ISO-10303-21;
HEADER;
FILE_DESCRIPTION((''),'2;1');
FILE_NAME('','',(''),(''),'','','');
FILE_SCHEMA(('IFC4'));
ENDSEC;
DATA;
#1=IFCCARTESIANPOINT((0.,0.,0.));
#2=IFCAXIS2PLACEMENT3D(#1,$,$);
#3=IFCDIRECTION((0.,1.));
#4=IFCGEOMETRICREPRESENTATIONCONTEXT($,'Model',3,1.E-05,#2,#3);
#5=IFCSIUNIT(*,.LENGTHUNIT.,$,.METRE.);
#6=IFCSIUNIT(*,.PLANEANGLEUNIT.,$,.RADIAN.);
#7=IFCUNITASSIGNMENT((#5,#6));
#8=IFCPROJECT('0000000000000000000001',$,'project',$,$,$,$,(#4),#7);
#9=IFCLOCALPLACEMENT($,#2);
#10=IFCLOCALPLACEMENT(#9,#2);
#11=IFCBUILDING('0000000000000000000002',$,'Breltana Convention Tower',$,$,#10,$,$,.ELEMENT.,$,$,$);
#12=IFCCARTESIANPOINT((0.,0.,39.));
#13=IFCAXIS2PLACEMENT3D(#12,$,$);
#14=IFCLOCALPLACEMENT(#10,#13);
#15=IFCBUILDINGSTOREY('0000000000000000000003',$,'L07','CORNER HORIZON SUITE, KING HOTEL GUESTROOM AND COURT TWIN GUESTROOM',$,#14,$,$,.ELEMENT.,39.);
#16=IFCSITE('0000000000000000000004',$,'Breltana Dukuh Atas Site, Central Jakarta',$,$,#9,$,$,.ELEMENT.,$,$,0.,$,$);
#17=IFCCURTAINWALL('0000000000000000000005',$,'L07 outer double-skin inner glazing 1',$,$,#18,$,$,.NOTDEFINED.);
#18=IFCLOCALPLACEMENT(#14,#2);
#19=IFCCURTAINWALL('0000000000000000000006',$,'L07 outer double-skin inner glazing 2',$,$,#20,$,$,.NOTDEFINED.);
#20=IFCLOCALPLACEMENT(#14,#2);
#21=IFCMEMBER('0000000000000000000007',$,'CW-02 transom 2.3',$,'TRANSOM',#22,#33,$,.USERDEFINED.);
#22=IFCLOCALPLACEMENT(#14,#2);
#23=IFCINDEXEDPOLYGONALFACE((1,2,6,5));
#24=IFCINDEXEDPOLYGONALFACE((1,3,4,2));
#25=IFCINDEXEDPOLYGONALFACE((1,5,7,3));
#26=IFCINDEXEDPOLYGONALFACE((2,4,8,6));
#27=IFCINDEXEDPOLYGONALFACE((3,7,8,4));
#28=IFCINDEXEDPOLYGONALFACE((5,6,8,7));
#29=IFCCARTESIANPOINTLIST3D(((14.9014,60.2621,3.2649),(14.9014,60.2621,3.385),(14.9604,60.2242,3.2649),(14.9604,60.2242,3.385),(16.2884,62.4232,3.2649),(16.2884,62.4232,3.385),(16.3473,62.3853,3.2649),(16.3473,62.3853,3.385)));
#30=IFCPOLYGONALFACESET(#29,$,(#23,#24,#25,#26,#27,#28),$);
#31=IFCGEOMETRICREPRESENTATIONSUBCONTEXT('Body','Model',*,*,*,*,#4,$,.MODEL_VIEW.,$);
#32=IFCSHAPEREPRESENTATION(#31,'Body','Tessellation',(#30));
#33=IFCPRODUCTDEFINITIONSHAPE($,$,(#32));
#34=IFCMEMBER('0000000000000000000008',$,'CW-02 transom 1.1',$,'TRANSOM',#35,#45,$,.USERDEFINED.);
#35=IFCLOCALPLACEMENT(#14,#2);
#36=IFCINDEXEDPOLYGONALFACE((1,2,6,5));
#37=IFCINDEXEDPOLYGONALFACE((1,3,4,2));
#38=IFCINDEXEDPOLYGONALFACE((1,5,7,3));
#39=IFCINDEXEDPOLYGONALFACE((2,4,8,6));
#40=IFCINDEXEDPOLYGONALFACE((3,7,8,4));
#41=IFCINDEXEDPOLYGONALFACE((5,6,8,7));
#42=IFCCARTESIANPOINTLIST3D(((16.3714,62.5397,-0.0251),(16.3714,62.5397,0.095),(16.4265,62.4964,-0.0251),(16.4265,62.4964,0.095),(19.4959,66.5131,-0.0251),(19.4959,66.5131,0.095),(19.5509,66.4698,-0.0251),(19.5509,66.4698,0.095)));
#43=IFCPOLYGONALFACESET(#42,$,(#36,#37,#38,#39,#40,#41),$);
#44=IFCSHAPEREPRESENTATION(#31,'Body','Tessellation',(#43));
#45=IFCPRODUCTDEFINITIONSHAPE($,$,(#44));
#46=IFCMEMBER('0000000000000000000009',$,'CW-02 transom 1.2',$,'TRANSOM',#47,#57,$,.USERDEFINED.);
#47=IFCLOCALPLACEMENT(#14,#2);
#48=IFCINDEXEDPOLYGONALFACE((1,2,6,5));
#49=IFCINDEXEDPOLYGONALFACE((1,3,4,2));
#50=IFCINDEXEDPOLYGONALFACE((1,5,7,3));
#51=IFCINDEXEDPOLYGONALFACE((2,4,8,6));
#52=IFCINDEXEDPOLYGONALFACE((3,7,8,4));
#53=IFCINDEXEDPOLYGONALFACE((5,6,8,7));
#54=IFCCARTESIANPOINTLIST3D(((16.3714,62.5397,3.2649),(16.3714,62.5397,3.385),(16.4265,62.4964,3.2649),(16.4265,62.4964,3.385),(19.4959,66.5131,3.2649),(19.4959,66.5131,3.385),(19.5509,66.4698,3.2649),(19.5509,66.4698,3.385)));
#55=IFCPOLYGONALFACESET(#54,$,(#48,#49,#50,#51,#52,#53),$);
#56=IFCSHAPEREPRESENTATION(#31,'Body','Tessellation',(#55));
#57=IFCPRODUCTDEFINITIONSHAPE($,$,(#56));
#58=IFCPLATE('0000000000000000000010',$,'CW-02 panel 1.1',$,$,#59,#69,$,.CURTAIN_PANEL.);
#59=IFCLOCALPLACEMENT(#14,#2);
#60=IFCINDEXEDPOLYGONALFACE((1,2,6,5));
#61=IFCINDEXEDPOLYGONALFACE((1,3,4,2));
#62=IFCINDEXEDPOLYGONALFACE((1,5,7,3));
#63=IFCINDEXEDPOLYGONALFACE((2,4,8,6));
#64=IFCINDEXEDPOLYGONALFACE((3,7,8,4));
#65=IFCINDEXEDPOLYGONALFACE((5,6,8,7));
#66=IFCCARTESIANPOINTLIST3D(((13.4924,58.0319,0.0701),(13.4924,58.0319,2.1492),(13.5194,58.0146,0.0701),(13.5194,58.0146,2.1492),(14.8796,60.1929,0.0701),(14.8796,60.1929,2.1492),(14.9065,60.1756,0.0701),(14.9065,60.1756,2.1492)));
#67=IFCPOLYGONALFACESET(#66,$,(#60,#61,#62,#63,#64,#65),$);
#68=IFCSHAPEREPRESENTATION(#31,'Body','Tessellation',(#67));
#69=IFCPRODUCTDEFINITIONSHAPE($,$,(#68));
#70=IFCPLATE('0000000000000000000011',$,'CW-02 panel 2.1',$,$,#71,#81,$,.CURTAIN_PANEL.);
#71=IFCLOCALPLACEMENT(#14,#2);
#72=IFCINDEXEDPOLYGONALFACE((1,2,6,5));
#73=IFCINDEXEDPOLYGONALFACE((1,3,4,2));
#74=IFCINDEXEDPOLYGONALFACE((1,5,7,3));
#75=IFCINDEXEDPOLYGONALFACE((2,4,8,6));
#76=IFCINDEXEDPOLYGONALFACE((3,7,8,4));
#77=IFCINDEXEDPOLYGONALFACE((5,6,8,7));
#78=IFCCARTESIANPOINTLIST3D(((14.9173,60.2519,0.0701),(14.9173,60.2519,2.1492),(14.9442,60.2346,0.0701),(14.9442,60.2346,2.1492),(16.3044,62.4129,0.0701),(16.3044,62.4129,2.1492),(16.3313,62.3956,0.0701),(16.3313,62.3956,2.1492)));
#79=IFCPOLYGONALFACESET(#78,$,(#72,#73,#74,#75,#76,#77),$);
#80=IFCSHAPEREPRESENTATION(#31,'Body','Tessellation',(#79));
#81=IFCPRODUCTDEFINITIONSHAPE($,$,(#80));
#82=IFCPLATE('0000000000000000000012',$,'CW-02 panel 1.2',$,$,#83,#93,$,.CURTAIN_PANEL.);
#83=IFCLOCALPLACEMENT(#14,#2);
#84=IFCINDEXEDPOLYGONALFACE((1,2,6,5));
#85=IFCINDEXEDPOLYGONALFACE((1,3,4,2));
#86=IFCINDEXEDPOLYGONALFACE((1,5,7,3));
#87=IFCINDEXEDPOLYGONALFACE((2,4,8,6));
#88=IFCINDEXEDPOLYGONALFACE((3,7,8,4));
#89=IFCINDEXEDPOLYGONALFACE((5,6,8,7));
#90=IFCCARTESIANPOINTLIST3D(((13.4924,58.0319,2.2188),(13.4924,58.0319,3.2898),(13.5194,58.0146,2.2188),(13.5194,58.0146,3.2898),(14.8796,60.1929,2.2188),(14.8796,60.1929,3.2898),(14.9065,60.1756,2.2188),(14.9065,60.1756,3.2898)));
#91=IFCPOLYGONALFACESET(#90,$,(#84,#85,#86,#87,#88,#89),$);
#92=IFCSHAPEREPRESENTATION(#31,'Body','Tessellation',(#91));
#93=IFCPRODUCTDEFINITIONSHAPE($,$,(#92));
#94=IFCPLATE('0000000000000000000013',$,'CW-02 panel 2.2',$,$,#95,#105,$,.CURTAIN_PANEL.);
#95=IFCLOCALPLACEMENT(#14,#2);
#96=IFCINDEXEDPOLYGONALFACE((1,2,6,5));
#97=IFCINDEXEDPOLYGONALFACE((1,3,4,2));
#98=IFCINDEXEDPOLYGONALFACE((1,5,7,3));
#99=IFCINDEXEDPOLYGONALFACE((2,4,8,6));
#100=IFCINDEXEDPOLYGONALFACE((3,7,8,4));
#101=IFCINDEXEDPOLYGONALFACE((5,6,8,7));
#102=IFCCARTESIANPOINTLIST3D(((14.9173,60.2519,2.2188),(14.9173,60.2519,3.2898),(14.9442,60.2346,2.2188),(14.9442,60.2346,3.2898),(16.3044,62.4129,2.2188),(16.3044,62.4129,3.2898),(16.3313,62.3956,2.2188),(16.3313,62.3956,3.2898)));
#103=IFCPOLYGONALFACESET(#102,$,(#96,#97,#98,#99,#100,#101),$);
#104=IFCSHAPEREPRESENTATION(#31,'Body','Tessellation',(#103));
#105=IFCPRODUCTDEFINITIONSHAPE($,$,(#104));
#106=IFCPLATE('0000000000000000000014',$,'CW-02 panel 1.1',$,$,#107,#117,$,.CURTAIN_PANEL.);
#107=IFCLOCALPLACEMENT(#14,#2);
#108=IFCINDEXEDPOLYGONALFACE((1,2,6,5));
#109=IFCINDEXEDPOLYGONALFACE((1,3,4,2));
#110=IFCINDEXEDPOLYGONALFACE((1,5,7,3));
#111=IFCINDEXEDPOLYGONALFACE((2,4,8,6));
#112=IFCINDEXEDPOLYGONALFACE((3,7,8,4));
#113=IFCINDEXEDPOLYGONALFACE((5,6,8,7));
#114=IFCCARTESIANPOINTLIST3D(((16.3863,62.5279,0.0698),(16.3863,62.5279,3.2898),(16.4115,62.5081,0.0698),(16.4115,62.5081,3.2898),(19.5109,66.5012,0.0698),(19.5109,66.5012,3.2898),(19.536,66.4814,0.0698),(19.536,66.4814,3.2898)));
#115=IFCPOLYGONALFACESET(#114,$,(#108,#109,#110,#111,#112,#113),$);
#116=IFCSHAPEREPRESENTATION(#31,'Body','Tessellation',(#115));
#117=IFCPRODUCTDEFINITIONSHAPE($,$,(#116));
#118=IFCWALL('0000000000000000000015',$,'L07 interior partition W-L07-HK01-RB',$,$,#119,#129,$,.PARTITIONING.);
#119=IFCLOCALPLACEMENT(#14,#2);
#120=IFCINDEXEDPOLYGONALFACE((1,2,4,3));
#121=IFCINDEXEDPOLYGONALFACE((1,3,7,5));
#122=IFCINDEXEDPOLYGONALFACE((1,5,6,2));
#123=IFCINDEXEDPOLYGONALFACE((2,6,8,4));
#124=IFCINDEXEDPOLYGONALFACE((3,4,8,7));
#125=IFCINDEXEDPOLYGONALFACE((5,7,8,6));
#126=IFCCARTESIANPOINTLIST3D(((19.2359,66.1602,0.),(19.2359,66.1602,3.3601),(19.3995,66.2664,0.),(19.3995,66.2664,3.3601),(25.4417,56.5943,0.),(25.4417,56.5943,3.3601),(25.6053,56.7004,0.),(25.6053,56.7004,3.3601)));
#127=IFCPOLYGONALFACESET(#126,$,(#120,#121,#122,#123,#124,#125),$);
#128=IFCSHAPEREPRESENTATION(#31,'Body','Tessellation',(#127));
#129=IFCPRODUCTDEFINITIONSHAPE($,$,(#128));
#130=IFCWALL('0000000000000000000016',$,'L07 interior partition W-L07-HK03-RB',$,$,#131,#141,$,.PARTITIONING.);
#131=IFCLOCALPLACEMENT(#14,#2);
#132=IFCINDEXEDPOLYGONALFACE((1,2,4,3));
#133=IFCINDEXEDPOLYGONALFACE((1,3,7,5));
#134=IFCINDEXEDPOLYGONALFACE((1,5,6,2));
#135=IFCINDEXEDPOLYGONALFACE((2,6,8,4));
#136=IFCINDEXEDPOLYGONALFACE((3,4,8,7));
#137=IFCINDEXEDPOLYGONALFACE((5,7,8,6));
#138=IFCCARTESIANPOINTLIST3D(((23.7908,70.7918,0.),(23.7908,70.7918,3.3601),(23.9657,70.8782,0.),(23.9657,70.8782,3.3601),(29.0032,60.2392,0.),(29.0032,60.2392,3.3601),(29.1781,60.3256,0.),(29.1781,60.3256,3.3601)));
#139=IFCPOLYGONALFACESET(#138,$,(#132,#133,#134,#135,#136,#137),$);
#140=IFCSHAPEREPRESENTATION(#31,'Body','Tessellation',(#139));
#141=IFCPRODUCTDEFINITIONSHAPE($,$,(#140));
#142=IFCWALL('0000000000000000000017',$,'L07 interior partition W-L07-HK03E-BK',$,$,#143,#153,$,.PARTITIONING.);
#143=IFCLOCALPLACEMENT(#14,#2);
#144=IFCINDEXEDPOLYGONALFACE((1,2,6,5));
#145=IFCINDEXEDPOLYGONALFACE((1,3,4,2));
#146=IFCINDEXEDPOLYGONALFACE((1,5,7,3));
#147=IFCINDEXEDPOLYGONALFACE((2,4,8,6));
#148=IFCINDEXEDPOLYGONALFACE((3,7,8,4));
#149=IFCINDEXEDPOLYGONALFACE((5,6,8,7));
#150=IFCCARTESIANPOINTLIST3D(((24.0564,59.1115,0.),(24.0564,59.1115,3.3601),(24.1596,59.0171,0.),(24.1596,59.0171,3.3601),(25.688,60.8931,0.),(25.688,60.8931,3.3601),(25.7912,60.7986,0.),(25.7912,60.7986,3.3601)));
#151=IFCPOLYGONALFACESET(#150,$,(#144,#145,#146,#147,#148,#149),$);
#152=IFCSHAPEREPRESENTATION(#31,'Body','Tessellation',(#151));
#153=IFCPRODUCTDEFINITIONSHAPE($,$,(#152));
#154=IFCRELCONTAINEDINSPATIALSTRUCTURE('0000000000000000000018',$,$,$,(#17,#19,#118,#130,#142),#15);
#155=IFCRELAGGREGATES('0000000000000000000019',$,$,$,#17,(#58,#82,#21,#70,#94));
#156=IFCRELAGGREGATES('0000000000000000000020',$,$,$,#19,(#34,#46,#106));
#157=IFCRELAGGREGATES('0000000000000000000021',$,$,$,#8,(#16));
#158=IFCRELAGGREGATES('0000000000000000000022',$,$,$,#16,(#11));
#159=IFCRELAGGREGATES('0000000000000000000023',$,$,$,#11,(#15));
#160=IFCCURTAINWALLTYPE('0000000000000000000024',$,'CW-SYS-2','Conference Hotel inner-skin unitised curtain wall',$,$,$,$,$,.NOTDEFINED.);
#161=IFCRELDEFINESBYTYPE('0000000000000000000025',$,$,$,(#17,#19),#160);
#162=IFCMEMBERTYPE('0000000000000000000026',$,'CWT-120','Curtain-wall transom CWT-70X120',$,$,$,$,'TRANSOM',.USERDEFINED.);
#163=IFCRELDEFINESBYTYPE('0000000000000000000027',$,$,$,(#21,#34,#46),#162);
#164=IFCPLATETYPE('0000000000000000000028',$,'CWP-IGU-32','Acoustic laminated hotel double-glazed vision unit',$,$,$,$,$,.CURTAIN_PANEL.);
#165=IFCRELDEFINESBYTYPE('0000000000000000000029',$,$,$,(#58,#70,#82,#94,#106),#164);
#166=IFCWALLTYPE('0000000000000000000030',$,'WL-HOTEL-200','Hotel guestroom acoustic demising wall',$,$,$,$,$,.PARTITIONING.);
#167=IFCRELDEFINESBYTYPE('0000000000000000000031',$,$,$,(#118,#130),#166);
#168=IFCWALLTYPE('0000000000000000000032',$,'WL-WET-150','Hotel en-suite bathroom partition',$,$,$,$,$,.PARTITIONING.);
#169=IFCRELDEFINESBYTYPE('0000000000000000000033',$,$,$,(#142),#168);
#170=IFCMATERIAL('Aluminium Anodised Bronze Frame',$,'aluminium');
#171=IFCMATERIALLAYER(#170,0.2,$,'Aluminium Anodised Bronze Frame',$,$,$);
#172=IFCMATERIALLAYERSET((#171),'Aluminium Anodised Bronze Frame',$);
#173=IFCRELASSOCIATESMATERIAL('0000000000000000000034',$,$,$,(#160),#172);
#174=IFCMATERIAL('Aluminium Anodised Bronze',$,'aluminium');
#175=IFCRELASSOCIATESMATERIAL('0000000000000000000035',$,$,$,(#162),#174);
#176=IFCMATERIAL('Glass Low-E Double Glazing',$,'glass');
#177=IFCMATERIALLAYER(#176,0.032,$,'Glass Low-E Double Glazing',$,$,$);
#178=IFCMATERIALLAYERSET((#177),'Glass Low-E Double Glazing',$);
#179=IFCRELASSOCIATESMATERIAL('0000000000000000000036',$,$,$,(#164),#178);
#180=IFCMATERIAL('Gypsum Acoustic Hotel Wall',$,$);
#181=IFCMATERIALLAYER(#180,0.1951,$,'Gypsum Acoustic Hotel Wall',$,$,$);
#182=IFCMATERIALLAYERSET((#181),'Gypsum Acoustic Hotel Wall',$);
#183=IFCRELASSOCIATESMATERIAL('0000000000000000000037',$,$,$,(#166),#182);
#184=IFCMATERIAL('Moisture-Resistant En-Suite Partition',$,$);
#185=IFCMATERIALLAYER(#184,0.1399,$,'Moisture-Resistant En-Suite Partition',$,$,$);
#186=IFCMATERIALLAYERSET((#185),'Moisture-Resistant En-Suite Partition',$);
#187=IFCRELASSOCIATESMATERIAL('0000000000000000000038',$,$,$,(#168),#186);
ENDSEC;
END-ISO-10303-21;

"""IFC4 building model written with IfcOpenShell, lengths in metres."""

from ifc_helpers import new_model, si_unit, direction, frame, frame_2d, origin, origin_2d, place, context, subcontext, project, spatial, rectangle, extrude, source, transform, mapped, material, layer, layer_set, material_profile, profile_set, type_object, type_shapes, element, aggregate, save


model = new_model("IFC4")

# Units and contexts
model_context = context("Model", 3, precision=1e-05, world=origin(), true_north=direction((0.0, 1.0)))
body_context = subcontext(model_context, "Body", "Model", "MODEL_VIEW")
ifc_project = project(units=[si_unit("LENGTHUNIT", "METRE"), si_unit("PLANEANGLEUNIT", "RADIAN")], contexts=[model_context])

# Site, building, storey
site_placement = place(None, origin())
site = spatial("IfcSite", under=ifc_project, at=site_placement, Name="Breltana Dukuh Atas Site, Central Jakarta", CompositionType="ELEMENT", RefElevation=0.0)
building_placement = place(site_placement, origin())
building = spatial("IfcBuilding", under=site, at=building_placement, Name="Breltana Convention Tower", CompositionType="ELEMENT")
storey_placement = place(building_placement, frame((0.0, 0.0, 39.0)))
storey = spatial("IfcBuildingStorey", under=building, at=storey_placement, Name="L07", Description="CORNER HORIZON SUITE, KING HOTEL GUESTROOM AND COURT TWIN GUESTROOM", CompositionType="ELEMENT", Elevation=39.0)

# Curtain wall
ifc_material_1 = material(Name="Aluminium Anodised Bronze Frame", Category="aluminium")
ifc_layer_1 = layer(ifc_material_1, 0.2, Name="Aluminium Anodised Bronze Frame")
ifc_layer_set_1 = layer_set([ifc_layer_1], Name="Aluminium Anodised Bronze Frame")
curtain_wall_type = type_object("IfcCurtainWallType", Name="CW-SYS-2", Description="Conference Hotel inner-skin unitised curtain wall", PredefinedType="NOTDEFINED", material=ifc_layer_set_1)
curtain_wall_1_placement = place(storey_placement, origin())
curtain_wall_1 = element("IfcCurtainWall", 1, at=curtain_wall_1_placement, inside=storey, type_object=curtain_wall_type, Name="L07 outer double-skin inner glazing 1", PredefinedType="NOTDEFINED")
ifc_material_2 = material(Name="Aluminium Anodised Bronze", Category="aluminium")

# Curtain wall
curtain_wall_2_placement = place(storey_placement, origin())
curtain_wall_2 = element("IfcCurtainWall", 2, at=curtain_wall_2_placement, inside=storey, type_object=curtain_wall_type, Name="L07 outer double-skin inner glazing 2", PredefinedType="NOTDEFINED")

# Members
ifc_material_profile_1 = material_profile(ifc_material_2, rectangle(XDim=0.0701, YDim=0.1201, at=origin_2d()), Name="CWT-70X120")
ifc_profile_set_1 = profile_set([ifc_material_profile_1], Name="Aluminium Anodised Bronze")
member_type_1 = type_object("IfcMemberType", Name="CWT-120", Description="Curtain-wall transom CWT-70X120", ElementType="TRANSOM", PredefinedType="USERDEFINED", material=ifc_profile_set_1)
shared_shape_1 = source(origin(), body_context, "Body", "SweptSolid", [
    extrude(rectangle(XDim=0.0701, YDim=0.1201, at=origin_2d()), origin(), (0.0, 0.0, 1.0), 2.5679),
])
type_shapes(member_type_1, [shared_shape_1])
member_1_placement = place(storey_placement, frame((14.9309, 60.2432, 3.325), z_axis=(0.540114, 0.841592, 0.0), x_axis=(-0.841592, 0.540114, 0.0)))
member_1 = element("IfcMember", 3, at=member_1_placement, type_object=member_type_1, Name="CW-02 transom 2.3", ObjectType="TRANSOM", PredefinedType="USERDEFINED", context=body_context, shape_type="MappedRepresentation", body=[
    mapped(shared_shape_1, transform((0.0, 0.0, 0.0), scale=1.0)),
])
shared_shape_2 = source(origin(), body_context, "Body", "SweptSolid", [
    extrude(rectangle(XDim=0.0701, YDim=0.1201, at=origin_2d()), origin(), (0.0, 0.0, 1.0), 5.0547),
])
member_2_placement = place(storey_placement, frame((16.3989, 62.5181, 0.0349), z_axis=(0.618135, 0.786072, 0.0), x_axis=(-0.786072, 0.618135, 0.0)))
member_2 = element("IfcMember", 4, at=member_2_placement, type_object=member_type_1, Name="CW-02 transom 1.1", ObjectType="TRANSOM", PredefinedType="USERDEFINED", context=body_context, shape_type="MappedRepresentation", body=[
    mapped(shared_shape_2, transform((0.0, 0.0, 0.0), scale=1.0)),
])
member_3_placement = place(storey_placement, frame((16.3989, 62.5181, 3.325), z_axis=(0.618135, 0.786072, 0.0), x_axis=(-0.786072, 0.618135, 0.0)))
member_3 = element("IfcMember", 5, at=member_3_placement, type_object=member_type_1, Name="CW-02 transom 1.2", ObjectType="TRANSOM", PredefinedType="USERDEFINED", context=body_context, shape_type="MappedRepresentation", body=[
    mapped(shared_shape_2, transform((0.0, 0.0, 0.0), scale=1.0)),
])

# Plates
ifc_material_3 = material(Name="Glass Low-E Double Glazing", Category="glass")
ifc_layer_2 = layer(ifc_material_3, 0.032, Name="Glass Low-E Double Glazing")
ifc_layer_set_2 = layer_set([ifc_layer_2], Name="Glass Low-E Double Glazing")
plate_type = type_object("IfcPlateType", Name="CWP-IGU-32", Description="Acoustic laminated hotel double-glazed vision unit", PredefinedType="CURTAIN_PANEL", material=ifc_layer_set_2)
shared_shape_3 = source(origin(), body_context, "Body", "SweptSolid", [
    extrude(rectangle(XDim=2.5679, YDim=0.032, at=origin_2d()), origin(), (0.0, 0.0, 1.0), 2.0791),
])
type_shapes(plate_type, [shared_shape_3])
plate_1_placement = place(storey_placement, frame((14.1995, 59.1038, 0.0701), z_axis=(0.0, 0.0, 1.0), x_axis=(0.540181, 0.841549, 0.0)))
plate_1 = element("IfcPlate", 6, at=plate_1_placement, type_object=plate_type, Name="CW-02 panel 1.1", PredefinedType="CURTAIN_PANEL", context=body_context, shape_type="MappedRepresentation", body=[
    mapped(shared_shape_3, transform((0.0, 0.0, 0.0), scale=1.0)),
])
plate_2_placement = place(storey_placement, frame((15.6243, 61.3237, 0.0701), z_axis=(0.0, 0.0, 1.0), x_axis=(0.540181, 0.841549, 0.0)))
plate_2 = element("IfcPlate", 7, at=plate_2_placement, type_object=plate_type, Name="CW-02 panel 2.1", PredefinedType="CURTAIN_PANEL", context=body_context, shape_type="MappedRepresentation", body=[
    mapped(shared_shape_3, transform((0.0, 0.0, 0.0), scale=1.0)),
])
shared_shape_4 = source(origin(), body_context, "Body", "SweptSolid", [
    extrude(rectangle(XDim=2.5679, YDim=0.032, at=origin_2d()), origin(), (0.0, 0.0, 1.0), 1.071),
])
plate_3_placement = place(storey_placement, frame((14.1995, 59.1038, 2.2188), z_axis=(0.0, 0.0, 1.0), x_axis=(0.540181, 0.841549, 0.0)))
plate_3 = element("IfcPlate", 8, at=plate_3_placement, type_object=plate_type, Name="CW-02 panel 1.2", PredefinedType="CURTAIN_PANEL", context=body_context, shape_type="MappedRepresentation", body=[
    mapped(shared_shape_4, transform((0.0, 0.0, 0.0), scale=1.0)),
])
plate_4_placement = place(storey_placement, frame((15.6243, 61.3237, 2.2188), z_axis=(0.0, 0.0, 1.0), x_axis=(0.540181, 0.841549, 0.0)))
plate_4 = element("IfcPlate", 9, at=plate_4_placement, type_object=plate_type, Name="CW-02 panel 2.2", PredefinedType="CURTAIN_PANEL", context=body_context, shape_type="MappedRepresentation", body=[
    mapped(shared_shape_4, transform((0.0, 0.0, 0.0), scale=1.0)),
])
aggregate(curtain_wall_1, [plate_1, plate_3, member_1, plate_2, plate_4])
shared_shape_5 = source(origin(), body_context, "Body", "SweptSolid", [
    extrude(rectangle(XDim=5.0547, YDim=0.032, at=origin_2d()), origin(), (0.0, 0.0, 1.0), 3.22),
])
plate_5_placement = place(storey_placement, frame((17.9612, 64.5046, 0.0698), z_axis=(0.0, 0.0, 1.0), x_axis=(0.618154, 0.786057, 0.0)))
plate_5 = element("IfcPlate", 10, at=plate_5_placement, type_object=plate_type, Name="CW-02 panel 1.1", PredefinedType="CURTAIN_PANEL", context=body_context, shape_type="MappedRepresentation", body=[
    mapped(shared_shape_5, transform((0.0, 0.0, 0.0), scale=1.0)),
])
aggregate(curtain_wall_2, [member_2, member_3, plate_5])

# Walls
ifc_material_4 = material(Name="Gypsum Acoustic Hotel Wall")
ifc_layer_3 = layer(ifc_material_4, 0.1951, Name="Gypsum Acoustic Hotel Wall")
ifc_layer_set_3 = layer_set([ifc_layer_3], Name="Gypsum Acoustic Hotel Wall")
wall_type_1 = type_object("IfcWallType", Name="WL-HOTEL-200", Description="Hotel guestroom acoustic demising wall", PredefinedType="PARTITIONING", material=ifc_layer_set_3)
shared_shape_6 = source(origin(), body_context, "Body", "SweptSolid", [
    extrude(rectangle(XDim=11.4026, YDim=0.1951, at=frame_2d((5.7012, 0.0))), origin(), (0.0, 0.0, 1.0), 3.3601),
])
wall_1_placement = place(storey_placement, frame((25.5234, 56.6475, 0.0), z_axis=(0.0, 0.0, 1.0), x_axis=(-0.544246, 0.838926, 0.0)))
element("IfcWall", 11, at=wall_1_placement, inside=storey, type_object=wall_type_1, Name="L07 interior partition W-L07-HK01-RB", PredefinedType="PARTITIONING", context=body_context, shape_type="MappedRepresentation", body=[
    mapped(shared_shape_6, transform((0.0, 0.0, 0.0), scale=1.0)),
])
shared_shape_7 = source(origin(), body_context, "Body", "SweptSolid", [
    extrude(rectangle(XDim=11.7698, YDim=0.1951, at=frame_2d((5.8848, 0.0))), origin(), (0.0, 0.0, 1.0), 3.3601),
])
wall_2_placement = place(storey_placement, frame((29.0906, 60.2825, 0.0), z_axis=(0.0, 0.0, 1.0), x_axis=(-0.442861, 0.89659, 0.0)))
element("IfcWall", 12, at=wall_2_placement, inside=storey, type_object=wall_type_1, Name="L07 interior partition W-L07-HK03-RB", PredefinedType="PARTITIONING", context=body_context, shape_type="MappedRepresentation", body=[
    mapped(shared_shape_7, transform((0.0, 0.0, 0.0), scale=1.0)),
])
ifc_material_5 = material(Name="Moisture-Resistant En-Suite Partition")
ifc_layer_4 = layer(ifc_material_5, 0.1399, Name="Moisture-Resistant En-Suite Partition")
ifc_layer_set_4 = layer_set([ifc_layer_4], Name="Moisture-Resistant En-Suite Partition")
wall_type_2 = type_object("IfcWallType", Name="WL-WET-150", Description="Hotel en-suite bathroom partition", PredefinedType="PARTITIONING", material=ifc_layer_set_4)
shared_shape_8 = source(origin(), body_context, "Body", "SweptSolid", [
    extrude(rectangle(XDim=2.4158, YDim=0.1399, at=frame_2d((1.208, 0.0))), origin(), (0.0, 0.0, 1.0), 3.3601),
])
wall_3_placement = place(storey_placement, frame((24.1079, 59.0642, 0.0), z_axis=(0.0, 0.0, 1.0), x_axis=(0.6754, 0.737452, 0.0)))
element("IfcWall", 13, at=wall_3_placement, inside=storey, type_object=wall_type_2, Name="L07 interior partition W-L07-HK03E-BK", PredefinedType="PARTITIONING", context=body_context, shape_type="MappedRepresentation", body=[
    mapped(shared_shape_8, transform((0.0, 0.0, 0.0), scale=1.0)),
])

save(model, "model.ifc")
